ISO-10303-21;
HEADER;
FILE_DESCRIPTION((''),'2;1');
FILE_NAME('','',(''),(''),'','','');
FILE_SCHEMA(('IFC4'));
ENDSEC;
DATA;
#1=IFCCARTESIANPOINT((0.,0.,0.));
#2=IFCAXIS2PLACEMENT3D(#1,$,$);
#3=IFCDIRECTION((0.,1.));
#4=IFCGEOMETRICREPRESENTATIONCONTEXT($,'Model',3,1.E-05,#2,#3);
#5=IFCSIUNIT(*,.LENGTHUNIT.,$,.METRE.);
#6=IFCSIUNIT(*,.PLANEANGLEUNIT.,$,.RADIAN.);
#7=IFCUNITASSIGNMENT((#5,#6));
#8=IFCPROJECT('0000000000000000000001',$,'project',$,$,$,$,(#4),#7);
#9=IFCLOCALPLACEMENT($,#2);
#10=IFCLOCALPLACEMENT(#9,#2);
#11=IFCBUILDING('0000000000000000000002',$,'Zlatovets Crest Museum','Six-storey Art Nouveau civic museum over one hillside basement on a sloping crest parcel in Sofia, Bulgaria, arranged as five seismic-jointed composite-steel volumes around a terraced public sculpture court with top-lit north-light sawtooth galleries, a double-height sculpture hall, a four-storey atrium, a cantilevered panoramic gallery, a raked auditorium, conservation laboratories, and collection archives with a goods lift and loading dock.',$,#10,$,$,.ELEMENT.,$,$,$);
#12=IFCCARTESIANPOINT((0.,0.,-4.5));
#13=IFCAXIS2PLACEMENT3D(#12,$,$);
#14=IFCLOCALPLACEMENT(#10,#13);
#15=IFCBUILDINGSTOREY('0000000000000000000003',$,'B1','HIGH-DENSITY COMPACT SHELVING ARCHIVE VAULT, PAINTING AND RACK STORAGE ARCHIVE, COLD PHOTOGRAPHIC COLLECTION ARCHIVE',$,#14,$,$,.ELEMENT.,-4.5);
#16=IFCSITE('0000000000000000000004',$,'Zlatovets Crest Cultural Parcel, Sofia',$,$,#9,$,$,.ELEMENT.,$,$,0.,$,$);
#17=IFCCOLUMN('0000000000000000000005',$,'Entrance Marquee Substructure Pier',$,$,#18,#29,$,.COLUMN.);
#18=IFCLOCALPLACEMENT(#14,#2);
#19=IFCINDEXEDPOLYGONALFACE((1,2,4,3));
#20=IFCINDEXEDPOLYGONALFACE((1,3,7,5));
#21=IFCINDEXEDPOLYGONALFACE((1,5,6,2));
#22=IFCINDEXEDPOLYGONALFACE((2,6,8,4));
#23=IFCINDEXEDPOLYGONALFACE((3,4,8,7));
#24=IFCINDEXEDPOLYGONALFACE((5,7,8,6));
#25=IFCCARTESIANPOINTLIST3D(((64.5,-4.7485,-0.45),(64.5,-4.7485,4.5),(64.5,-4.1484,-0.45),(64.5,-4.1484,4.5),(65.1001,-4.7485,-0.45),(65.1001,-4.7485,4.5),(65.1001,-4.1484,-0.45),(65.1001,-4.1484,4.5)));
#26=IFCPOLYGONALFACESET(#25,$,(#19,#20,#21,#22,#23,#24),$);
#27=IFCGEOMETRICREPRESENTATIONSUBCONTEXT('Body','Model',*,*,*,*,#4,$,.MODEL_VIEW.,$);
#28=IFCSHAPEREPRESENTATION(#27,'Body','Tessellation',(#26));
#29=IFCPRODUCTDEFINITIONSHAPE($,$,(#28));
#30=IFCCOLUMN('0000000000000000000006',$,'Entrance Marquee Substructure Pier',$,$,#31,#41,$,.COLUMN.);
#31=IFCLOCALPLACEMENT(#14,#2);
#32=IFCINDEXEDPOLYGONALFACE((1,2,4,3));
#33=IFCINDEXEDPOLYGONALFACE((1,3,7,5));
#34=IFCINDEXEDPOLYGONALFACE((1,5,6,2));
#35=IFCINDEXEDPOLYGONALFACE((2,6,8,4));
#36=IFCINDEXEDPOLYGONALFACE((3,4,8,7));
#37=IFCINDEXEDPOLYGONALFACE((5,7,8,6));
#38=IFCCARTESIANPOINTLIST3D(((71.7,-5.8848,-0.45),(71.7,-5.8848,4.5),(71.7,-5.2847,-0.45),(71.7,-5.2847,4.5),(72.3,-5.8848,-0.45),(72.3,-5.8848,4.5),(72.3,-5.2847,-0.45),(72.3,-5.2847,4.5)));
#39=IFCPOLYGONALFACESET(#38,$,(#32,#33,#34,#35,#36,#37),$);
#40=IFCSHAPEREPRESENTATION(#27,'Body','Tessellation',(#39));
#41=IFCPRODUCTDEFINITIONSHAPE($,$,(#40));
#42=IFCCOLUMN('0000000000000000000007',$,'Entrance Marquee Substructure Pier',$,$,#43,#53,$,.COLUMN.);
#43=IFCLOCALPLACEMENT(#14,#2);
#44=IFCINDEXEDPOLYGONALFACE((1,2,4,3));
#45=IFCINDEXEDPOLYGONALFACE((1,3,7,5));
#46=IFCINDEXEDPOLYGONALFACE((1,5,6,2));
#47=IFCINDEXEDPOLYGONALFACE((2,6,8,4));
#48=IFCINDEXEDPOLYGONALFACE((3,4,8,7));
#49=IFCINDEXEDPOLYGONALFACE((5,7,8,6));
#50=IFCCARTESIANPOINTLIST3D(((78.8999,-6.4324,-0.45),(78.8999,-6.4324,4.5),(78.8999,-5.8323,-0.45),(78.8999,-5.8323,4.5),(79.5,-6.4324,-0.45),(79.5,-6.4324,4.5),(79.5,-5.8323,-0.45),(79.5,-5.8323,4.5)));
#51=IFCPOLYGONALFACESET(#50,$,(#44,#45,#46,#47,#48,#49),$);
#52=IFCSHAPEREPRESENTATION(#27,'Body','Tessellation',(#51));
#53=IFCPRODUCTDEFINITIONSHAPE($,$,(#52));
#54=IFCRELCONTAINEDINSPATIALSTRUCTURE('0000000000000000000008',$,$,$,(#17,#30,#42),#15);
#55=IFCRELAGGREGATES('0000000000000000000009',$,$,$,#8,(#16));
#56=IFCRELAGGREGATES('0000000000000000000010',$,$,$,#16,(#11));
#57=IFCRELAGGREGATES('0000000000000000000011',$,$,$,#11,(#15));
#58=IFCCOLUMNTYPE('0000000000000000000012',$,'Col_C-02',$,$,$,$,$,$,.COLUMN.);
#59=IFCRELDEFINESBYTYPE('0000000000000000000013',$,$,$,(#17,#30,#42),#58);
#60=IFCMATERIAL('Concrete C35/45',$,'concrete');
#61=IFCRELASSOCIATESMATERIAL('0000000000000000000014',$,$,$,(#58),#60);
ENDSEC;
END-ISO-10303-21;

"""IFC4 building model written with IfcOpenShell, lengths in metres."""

from ifc_helpers import new_model, si_unit, direction, frame, origin, origin_2d, place, context, subcontext, project, spatial, rectangle, extrude, material, material_profile, profile_set, type_object, element, save


model = new_model("IFC4")

# Units and contexts
model_context = context("Model", 3, precision=1e-05, world=origin(), true_north=direction((0.0, 1.0)))
body_context = subcontext(model_context, "Body", "Model", "MODEL_VIEW")
ifc_project = project(units=[si_unit("LENGTHUNIT", "METRE"), si_unit("PLANEANGLEUNIT", "RADIAN")], contexts=[model_context])

# Site, building, storey
site_placement = place(None, origin())
site = spatial("IfcSite", under=ifc_project, at=site_placement, Name="Zlatovets Crest Cultural Parcel, Sofia", CompositionType="ELEMENT", RefElevation=0.0)
building_placement = place(site_placement, origin())
building = spatial("IfcBuilding", under=site, at=building_placement, Name="Zlatovets Crest Museum", Description="Six-storey Art Nouveau civic museum over one hillside basement on a sloping crest parcel in Sofia, Bulgaria, arranged as five seismic-jointed composite-steel volumes around a terraced public sculpture court with top-lit north-light sawtooth galleries, a double-height sculpture hall, a four-storey atrium, a cantilevered panoramic gallery, a raked auditorium, conservation laboratories, and collection archives with a goods lift and loading dock.", CompositionType="ELEMENT")
storey_placement = place(building_placement, frame((0.0, 0.0, -4.5)))
storey = spatial("IfcBuildingStorey", under=building, at=storey_placement, Name="B1", Description="HIGH-DENSITY COMPACT SHELVING ARCHIVE VAULT, PAINTING AND RACK STORAGE ARCHIVE, COLD PHOTOGRAPHIC COLLECTION ARCHIVE", CompositionType="ELEMENT", Elevation=-4.5)

# Shared definitions
ifc_material_1 = material(Name="Concrete C35/45", Category="concrete")

# Columns
ifc_material_profile_1 = material_profile(ifc_material_1, rectangle(XDim=0.6001, YDim=0.6001, at=origin_2d()), Name="RC 600x600")
ifc_profile_set_1 = profile_set([ifc_material_profile_1], Name="Concrete C35/45")
column_type = type_object("IfcColumnType", Name="Col_C-02", PredefinedType="COLUMN", material=ifc_profile_set_1)
for number, where, z_axis, x_axis, name in (
    (1, (64.8, -4.4485, -0.45), (0.0, 0.0, 1.0), (1.0, 0.0, 0.0), "Entrance Marquee Substructure Pier"),
    (2, (72.0, -5.5847, -0.45), (0.0, 0.0, 1.0), (1.0, 0.0, 0.0), "Entrance Marquee Substructure Pier"),
    (3, (79.2, -6.1323, -0.45), (0.0, 0.0, 1.0), (1.0, 0.0, 0.0), "Entrance Marquee Substructure Pier"),
):
    element("IfcColumn", number, at=place(storey_placement, frame(where, z_axis=z_axis, x_axis=x_axis)), inside=storey, type_object=column_type, Name=name, PredefinedType="COLUMN", context=body_context, shape_type="SweptSolid", body=[
        extrude(rectangle(XDim=0.6001, YDim=0.6001, at=origin_2d()), origin(), (0.0, 0.0, 1.0), 4.95),
    ])

save(model, "model.ifc")
